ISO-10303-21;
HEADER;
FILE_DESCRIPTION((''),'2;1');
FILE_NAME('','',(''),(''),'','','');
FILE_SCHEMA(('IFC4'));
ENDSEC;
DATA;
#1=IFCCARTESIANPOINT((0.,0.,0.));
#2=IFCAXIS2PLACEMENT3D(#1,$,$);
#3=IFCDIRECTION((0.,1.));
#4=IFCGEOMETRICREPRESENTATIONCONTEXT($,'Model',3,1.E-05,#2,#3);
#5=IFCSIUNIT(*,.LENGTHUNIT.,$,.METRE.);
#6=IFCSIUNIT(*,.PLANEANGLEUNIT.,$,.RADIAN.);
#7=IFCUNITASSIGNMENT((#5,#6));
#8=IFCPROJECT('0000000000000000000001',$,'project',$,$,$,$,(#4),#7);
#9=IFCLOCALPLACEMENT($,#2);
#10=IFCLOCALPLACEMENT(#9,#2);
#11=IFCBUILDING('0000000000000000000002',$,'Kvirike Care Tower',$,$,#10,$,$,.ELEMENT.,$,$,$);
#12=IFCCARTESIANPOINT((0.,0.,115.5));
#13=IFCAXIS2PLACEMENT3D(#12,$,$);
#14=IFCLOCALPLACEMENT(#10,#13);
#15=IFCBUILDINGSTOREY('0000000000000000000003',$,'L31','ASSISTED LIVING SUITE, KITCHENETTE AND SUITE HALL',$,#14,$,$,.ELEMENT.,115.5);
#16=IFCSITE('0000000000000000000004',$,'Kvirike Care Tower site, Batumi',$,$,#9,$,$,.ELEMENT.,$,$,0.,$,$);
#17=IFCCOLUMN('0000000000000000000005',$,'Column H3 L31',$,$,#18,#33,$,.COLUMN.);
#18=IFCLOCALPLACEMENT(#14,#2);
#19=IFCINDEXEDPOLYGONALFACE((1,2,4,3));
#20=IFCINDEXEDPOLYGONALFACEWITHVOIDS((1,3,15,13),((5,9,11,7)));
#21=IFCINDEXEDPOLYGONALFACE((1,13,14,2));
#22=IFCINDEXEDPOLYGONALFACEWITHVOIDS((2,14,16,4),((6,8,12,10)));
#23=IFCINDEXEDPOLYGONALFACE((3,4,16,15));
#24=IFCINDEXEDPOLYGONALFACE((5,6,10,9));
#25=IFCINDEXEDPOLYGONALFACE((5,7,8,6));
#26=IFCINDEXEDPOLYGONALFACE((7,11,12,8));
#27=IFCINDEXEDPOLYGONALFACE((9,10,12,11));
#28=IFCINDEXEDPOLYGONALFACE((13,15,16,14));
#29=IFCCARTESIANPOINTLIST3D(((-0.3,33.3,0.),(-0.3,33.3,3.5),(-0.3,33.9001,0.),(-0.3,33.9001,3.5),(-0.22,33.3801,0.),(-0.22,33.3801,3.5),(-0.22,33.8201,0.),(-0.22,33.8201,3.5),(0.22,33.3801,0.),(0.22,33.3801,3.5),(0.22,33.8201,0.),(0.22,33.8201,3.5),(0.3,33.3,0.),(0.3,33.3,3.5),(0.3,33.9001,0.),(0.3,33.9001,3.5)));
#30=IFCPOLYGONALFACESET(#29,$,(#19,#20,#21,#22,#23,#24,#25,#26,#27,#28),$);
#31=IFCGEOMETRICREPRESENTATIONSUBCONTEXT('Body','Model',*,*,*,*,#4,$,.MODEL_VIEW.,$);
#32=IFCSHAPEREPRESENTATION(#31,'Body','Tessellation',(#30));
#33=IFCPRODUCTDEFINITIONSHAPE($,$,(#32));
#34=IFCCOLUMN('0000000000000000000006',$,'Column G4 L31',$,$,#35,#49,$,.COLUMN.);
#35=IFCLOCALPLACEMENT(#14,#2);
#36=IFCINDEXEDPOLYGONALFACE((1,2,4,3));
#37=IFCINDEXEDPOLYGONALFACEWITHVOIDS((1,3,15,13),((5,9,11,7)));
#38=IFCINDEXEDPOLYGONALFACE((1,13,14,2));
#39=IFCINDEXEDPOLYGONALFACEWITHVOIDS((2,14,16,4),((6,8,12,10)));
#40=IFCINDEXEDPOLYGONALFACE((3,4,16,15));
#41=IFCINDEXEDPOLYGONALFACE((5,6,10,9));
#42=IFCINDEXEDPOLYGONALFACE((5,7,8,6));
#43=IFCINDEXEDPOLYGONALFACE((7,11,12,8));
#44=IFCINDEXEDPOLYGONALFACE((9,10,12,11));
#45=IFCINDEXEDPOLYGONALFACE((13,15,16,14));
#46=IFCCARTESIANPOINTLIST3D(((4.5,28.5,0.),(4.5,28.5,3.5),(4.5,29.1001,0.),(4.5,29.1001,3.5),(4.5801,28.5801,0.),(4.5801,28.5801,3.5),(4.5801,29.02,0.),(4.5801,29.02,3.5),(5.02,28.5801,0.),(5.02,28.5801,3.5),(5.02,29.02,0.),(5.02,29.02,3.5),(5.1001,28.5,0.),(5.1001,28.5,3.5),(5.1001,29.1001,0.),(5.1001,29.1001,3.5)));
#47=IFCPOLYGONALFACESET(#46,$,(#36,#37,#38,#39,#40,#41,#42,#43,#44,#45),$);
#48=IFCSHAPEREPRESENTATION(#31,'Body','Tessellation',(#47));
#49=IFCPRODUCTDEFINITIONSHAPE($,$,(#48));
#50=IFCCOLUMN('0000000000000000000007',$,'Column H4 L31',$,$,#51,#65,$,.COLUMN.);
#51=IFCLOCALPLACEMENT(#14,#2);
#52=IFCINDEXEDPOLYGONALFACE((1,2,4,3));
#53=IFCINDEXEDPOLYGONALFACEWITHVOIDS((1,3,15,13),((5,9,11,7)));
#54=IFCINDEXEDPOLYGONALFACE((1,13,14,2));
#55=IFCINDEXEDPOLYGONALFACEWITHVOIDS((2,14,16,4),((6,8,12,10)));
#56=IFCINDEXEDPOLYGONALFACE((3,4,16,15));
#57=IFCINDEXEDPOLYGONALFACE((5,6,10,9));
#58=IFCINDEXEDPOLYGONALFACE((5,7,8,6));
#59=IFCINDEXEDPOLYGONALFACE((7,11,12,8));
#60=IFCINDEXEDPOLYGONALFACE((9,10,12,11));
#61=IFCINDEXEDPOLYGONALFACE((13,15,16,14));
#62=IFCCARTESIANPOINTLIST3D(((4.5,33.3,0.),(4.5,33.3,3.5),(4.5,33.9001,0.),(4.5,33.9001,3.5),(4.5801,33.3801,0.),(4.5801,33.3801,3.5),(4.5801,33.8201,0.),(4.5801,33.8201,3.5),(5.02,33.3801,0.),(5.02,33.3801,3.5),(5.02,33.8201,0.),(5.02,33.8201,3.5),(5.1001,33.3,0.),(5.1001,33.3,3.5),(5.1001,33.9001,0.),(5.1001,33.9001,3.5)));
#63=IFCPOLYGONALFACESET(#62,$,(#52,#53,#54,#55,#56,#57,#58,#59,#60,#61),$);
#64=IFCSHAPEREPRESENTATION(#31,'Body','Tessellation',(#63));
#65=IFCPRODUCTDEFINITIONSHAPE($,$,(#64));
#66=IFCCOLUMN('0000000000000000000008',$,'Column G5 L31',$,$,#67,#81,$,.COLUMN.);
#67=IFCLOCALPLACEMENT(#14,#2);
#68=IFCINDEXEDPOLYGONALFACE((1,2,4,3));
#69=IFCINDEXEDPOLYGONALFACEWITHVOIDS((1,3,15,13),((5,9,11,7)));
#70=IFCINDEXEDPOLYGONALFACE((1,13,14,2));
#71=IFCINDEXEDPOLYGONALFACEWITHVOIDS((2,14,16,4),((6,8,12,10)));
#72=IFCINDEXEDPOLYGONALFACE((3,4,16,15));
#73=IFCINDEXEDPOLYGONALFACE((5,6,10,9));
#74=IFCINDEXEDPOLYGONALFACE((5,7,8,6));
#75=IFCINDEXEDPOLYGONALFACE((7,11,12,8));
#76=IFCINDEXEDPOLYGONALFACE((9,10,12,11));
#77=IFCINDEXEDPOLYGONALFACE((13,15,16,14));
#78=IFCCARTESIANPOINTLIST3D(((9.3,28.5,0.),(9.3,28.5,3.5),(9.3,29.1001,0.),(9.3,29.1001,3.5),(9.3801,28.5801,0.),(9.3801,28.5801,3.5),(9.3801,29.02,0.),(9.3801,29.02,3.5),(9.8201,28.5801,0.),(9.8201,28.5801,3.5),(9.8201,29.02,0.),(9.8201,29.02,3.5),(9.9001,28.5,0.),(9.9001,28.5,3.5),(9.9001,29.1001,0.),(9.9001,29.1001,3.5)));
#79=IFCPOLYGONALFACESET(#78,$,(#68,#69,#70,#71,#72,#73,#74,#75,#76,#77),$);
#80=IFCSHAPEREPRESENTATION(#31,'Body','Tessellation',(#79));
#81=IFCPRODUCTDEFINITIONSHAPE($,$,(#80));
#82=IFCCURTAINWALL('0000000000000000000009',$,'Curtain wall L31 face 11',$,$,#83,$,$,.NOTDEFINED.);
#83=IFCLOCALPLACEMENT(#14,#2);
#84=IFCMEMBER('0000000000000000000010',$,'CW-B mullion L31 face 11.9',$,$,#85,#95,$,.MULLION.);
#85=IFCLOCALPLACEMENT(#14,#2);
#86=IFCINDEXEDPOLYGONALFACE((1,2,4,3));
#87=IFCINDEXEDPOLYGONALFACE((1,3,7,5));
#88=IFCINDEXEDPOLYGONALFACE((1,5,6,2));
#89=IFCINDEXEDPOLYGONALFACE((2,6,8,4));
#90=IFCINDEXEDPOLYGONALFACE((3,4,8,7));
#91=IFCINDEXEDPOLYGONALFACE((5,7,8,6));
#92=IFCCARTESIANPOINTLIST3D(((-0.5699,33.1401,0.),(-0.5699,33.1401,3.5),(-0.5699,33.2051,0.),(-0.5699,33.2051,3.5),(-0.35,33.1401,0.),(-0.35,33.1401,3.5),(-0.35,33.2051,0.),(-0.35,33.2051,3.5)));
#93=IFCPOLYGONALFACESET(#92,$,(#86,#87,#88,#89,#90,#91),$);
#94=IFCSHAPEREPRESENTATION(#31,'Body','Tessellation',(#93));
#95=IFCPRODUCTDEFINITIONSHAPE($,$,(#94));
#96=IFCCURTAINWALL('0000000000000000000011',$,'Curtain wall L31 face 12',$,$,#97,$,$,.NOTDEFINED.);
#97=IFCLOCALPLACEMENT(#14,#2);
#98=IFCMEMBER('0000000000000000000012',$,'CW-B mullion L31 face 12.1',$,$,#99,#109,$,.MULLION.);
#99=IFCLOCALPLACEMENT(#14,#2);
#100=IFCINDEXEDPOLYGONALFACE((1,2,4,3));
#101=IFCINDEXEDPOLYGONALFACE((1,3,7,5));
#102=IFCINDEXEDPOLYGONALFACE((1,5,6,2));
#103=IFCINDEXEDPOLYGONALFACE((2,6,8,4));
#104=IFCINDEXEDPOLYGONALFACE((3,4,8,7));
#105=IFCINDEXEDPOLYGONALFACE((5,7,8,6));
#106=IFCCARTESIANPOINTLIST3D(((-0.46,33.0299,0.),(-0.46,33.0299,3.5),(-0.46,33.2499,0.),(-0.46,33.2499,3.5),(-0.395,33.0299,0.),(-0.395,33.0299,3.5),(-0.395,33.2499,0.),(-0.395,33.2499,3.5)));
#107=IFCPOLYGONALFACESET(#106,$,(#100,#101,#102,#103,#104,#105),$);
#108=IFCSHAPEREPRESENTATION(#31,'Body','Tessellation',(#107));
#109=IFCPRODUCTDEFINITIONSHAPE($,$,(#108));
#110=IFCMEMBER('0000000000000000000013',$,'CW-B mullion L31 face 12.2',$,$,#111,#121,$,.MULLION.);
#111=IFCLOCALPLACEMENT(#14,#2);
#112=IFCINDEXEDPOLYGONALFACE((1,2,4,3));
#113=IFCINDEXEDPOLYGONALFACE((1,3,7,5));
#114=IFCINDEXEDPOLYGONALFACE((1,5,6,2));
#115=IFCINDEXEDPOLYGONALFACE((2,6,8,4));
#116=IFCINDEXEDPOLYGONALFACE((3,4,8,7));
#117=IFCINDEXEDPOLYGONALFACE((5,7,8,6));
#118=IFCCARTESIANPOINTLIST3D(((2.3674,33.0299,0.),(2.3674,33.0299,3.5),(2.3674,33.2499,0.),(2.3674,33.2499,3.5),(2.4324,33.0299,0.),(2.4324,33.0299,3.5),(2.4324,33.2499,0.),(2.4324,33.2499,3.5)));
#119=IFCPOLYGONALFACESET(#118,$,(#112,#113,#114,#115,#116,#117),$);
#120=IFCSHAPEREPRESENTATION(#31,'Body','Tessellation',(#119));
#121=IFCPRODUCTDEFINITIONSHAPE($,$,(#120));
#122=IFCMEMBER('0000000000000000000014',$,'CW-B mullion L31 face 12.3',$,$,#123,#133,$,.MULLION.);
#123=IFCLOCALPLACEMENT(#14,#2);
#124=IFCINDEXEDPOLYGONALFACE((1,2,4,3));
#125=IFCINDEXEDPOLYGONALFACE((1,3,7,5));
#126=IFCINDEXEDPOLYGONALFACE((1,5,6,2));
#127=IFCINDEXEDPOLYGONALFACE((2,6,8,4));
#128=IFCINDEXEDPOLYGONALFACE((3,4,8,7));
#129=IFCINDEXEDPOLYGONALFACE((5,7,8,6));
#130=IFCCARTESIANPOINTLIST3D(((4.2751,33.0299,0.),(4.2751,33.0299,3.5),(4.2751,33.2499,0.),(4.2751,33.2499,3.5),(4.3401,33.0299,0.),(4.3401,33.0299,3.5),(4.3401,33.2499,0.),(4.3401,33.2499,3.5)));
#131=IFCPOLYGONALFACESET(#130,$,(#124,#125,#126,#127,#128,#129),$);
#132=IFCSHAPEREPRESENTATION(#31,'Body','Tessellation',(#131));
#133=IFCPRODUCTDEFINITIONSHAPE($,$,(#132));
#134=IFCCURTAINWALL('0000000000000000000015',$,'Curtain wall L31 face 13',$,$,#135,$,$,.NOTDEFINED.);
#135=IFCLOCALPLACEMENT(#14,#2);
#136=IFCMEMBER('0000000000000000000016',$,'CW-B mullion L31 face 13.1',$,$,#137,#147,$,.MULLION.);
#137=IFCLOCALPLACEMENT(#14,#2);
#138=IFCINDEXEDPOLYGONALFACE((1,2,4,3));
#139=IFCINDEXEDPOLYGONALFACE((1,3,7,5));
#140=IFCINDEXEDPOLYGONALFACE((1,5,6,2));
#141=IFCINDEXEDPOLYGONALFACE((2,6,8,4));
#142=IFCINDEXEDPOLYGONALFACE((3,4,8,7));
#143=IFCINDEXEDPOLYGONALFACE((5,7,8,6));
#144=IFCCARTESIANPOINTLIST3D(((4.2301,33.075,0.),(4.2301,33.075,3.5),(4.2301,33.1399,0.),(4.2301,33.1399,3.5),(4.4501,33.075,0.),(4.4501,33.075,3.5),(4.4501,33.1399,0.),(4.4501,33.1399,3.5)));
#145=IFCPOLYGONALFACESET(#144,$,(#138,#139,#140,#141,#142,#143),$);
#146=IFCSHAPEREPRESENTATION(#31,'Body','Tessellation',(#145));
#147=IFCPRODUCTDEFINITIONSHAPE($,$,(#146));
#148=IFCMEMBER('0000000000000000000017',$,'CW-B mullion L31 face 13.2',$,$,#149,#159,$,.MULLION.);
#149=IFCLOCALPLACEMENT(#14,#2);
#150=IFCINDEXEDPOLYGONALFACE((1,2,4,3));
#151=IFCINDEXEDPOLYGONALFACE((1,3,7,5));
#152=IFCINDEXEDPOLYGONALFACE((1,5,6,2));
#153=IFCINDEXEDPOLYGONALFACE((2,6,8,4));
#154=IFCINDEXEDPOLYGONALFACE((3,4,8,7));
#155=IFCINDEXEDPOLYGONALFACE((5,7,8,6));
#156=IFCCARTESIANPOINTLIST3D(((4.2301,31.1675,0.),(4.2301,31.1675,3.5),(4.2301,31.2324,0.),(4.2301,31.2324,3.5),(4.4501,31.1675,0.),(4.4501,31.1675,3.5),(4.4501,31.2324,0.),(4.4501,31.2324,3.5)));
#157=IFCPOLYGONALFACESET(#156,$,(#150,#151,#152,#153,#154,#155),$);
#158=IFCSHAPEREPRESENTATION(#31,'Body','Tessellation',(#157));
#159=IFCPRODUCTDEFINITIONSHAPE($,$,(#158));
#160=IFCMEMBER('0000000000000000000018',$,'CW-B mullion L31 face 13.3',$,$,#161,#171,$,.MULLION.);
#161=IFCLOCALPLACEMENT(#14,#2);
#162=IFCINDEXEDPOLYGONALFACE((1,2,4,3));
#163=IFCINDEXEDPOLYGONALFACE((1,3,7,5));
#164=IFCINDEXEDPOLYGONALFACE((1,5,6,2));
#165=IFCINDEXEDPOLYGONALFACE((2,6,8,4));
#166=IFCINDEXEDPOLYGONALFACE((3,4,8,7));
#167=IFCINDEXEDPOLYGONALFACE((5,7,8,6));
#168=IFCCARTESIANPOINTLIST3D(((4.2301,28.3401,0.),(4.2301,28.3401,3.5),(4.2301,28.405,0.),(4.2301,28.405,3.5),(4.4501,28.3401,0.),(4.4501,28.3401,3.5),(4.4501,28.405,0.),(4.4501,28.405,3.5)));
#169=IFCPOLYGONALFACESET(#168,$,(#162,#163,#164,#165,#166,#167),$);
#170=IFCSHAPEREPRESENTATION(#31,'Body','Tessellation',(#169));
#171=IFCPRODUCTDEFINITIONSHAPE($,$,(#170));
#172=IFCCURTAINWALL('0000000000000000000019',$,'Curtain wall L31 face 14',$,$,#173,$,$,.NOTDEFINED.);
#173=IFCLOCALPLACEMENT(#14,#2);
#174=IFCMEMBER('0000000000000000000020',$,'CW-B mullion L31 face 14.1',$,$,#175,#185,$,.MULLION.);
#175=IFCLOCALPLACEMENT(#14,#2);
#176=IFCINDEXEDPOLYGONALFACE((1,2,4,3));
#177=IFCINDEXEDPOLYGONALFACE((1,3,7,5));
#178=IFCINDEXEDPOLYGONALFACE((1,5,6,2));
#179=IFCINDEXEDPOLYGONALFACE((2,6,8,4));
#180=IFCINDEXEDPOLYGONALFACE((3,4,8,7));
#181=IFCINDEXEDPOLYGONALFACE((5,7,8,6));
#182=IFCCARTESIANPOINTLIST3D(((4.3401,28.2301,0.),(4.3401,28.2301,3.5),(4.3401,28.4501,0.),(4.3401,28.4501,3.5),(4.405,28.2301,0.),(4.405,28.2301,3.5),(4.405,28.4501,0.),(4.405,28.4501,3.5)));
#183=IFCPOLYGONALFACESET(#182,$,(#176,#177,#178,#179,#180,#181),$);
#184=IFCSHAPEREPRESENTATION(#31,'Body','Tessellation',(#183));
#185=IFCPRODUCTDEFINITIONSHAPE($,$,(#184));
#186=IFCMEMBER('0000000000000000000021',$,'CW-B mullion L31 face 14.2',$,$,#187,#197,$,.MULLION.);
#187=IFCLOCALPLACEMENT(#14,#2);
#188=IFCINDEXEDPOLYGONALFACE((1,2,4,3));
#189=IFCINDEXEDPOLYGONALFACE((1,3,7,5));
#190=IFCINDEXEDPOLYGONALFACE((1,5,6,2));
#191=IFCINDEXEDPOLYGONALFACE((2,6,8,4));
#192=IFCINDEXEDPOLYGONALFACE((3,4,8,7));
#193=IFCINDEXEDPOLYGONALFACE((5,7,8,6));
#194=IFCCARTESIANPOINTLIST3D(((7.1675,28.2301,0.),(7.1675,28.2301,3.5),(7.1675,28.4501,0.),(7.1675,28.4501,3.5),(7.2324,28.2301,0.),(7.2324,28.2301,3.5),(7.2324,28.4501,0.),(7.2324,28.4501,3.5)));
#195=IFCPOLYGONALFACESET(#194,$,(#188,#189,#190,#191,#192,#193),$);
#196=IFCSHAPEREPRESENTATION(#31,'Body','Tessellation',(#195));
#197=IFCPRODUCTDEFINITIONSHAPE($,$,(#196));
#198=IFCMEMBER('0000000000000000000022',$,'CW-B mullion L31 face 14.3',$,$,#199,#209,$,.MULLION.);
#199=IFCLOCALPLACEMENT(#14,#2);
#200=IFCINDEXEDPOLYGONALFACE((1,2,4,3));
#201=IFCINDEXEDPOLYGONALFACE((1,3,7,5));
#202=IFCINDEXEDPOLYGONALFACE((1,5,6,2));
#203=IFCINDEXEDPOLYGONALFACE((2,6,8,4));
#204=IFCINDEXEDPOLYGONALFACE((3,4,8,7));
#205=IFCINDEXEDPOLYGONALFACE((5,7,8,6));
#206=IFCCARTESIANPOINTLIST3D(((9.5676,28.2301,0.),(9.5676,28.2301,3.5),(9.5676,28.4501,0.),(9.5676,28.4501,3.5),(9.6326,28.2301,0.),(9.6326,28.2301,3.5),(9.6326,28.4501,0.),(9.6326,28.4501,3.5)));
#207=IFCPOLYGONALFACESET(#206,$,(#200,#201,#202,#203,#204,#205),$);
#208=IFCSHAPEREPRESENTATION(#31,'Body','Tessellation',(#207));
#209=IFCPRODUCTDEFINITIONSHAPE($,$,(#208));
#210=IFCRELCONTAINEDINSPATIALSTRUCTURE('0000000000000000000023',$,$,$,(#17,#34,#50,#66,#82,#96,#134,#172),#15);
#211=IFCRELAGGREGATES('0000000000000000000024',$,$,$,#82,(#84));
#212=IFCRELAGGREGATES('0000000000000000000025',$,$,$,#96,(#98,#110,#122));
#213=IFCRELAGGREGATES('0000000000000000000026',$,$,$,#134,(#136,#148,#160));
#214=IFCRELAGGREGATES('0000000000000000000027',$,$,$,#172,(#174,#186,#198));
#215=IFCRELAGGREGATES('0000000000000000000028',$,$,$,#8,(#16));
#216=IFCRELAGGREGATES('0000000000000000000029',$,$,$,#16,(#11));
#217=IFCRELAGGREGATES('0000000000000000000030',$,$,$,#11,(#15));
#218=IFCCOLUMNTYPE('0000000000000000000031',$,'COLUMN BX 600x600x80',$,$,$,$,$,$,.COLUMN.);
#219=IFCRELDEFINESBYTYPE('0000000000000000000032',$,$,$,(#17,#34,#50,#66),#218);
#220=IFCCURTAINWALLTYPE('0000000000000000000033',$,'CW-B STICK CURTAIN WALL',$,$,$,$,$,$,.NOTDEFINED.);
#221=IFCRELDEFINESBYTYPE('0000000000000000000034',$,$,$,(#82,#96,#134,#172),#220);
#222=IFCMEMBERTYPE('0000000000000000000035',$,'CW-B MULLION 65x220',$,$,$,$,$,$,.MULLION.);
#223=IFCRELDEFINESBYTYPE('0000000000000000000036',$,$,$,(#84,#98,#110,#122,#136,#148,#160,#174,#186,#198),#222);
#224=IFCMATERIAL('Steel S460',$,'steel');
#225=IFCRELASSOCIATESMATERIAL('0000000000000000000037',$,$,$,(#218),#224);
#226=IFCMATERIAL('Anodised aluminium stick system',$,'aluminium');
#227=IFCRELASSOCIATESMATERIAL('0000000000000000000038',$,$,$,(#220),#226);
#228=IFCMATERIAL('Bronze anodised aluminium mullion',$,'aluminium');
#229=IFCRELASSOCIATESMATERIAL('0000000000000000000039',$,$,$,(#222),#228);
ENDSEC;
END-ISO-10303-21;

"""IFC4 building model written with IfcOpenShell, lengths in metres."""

from ifc_helpers import new_model, si_unit, direction, frame, origin, origin_2d, place, context, subcontext, project, spatial, rectangle, hollow_rectangle, extrude, material, material_profile, profile_set, type_object, element, aggregate, save


model = new_model("IFC4")

# Units and contexts
model_context = context("Model", 3, precision=1e-05, world=origin(), true_north=direction((0.0, 1.0)))
body_context = subcontext(model_context, "Body", "Model", "MODEL_VIEW")
ifc_project = project(units=[si_unit("LENGTHUNIT", "METRE"), si_unit("PLANEANGLEUNIT", "RADIAN")], contexts=[model_context])

# Site, building, storey
site_placement = place(None, origin())
site = spatial("IfcSite", under=ifc_project, at=site_placement, Name="Kvirike Care Tower site, Batumi", CompositionType="ELEMENT", RefElevation=0.0)
building_placement = place(site_placement, origin())
building = spatial("IfcBuilding", under=site, at=building_placement, Name="Kvirike Care Tower", CompositionType="ELEMENT")
storey_placement = place(building_placement, frame((0.0, 0.0, 115.5)))
storey = spatial("IfcBuildingStorey", under=building, at=storey_placement, Name="L31", Description="ASSISTED LIVING SUITE, KITCHENETTE AND SUITE HALL", CompositionType="ELEMENT", Elevation=115.5)

# Columns
ifc_material_1 = material(Name="Steel S460", Category="steel")
ifc_material_profile_1 = material_profile(ifc_material_1, hollow_rectangle(XDim=0.6001, YDim=0.6001, WallThickness=0.0801, at=origin_2d()), Name="BX 600x600x80")
ifc_profile_set_1 = profile_set([ifc_material_profile_1], Name="Steel S460")
column_type = type_object("IfcColumnType", Name="COLUMN BX 600x600x80", PredefinedType="COLUMN", material=ifc_profile_set_1)
for number, where, z_axis, x_axis, name in (
    (1, (0.0, 33.6001, 0.0), (0.0, 0.0, 1.0), (0.0, 1.0, 0.0), "Column H3 L31"),
    (2, (4.8, 28.8, 0.0), (0.0, 0.0, 1.0), (0.0, 1.0, 0.0), "Column G4 L31"),
    (3, (4.8, 33.6001, 0.0), (0.0, 0.0, 1.0), (0.0, 1.0, 0.0), "Column H4 L31"),
    (4, (9.6001, 28.8, 0.0), (0.0, 0.0, 1.0), (0.0, 1.0, 0.0), "Column G5 L31"),
):
    element("IfcColumn", number, at=place(storey_placement, frame(where, z_axis=z_axis, x_axis=x_axis)), inside=storey, type_object=column_type, Name=name, PredefinedType="COLUMN", context=body_context, shape_type="SweptSolid", body=[
        extrude(hollow_rectangle(XDim=0.6001, YDim=0.6001, WallThickness=0.0801, at=origin_2d()), origin(), (0.0, 0.0, 1.0), 3.5),
    ])

# Curtain wall, member
ifc_material_2 = material(Name="Anodised aluminium stick system", Category="aluminium")
curtain_wall_type = type_object("IfcCurtainWallType", Name="CW-B STICK CURTAIN WALL", PredefinedType="NOTDEFINED", material=ifc_material_2)
curtain_wall_1_placement = place(storey_placement, origin())
curtain_wall_1 = element("IfcCurtainWall", 5, at=curtain_wall_1_placement, inside=storey, type_object=curtain_wall_type, Name="Curtain wall L31 face 11", PredefinedType="NOTDEFINED")
ifc_material_3 = material(Name="Bronze anodised aluminium mullion", Category="aluminium")
ifc_material_profile_2 = material_profile(ifc_material_3, rectangle(XDim=0.0649, YDim=0.22, at=origin_2d()), Name="CW-B MULLION 65x220")
ifc_profile_set_2 = profile_set([ifc_material_profile_2], Name="Bronze anodised aluminium mullion")
member_type_1 = type_object("IfcMemberType", Name="CW-B MULLION 65x220", PredefinedType="MULLION", material=ifc_profile_set_2)
member_1_placement = place(storey_placement, frame((-0.46, 33.1726, 0.0), z_axis=(0.0, 0.0, 1.0), x_axis=(0.0, -1.0, 0.0)))
member_1 = element("IfcMember", 6, at=member_1_placement, type_object=member_type_1, Name="CW-B mullion L31 face 11.9", PredefinedType="MULLION", context=body_context, shape_type="SweptSolid", body=[
    extrude(rectangle(XDim=0.0649, YDim=0.22, at=origin_2d()), origin(), (0.0, 0.0, 1.0), 3.5),
])
aggregate(curtain_wall_1, [member_1])

# Curtain walls, members
curtain_wall_2_placement = place(storey_placement, origin())
curtain_wall_2 = element("IfcCurtainWall", 7, at=curtain_wall_2_placement, inside=storey, type_object=curtain_wall_type, Name="Curtain wall L31 face 12", PredefinedType="NOTDEFINED")
member_2_placement = place(storey_placement, frame((-0.4275, 33.1399, 0.0), z_axis=(0.0, 0.0, 1.0), x_axis=(1.0, 0.0, 0.0)))
member_2 = element("IfcMember", 8, at=member_2_placement, type_object=member_type_1, Name="CW-B mullion L31 face 12.1", PredefinedType="MULLION", context=body_context, shape_type="SweptSolid", body=[
    extrude(rectangle(XDim=0.0649, YDim=0.22, at=origin_2d()), origin(), (0.0, 0.0, 1.0), 3.5),
])
member_3_placement = place(storey_placement, frame((2.3999, 33.1399, 0.0), z_axis=(0.0, 0.0, 1.0), x_axis=(1.0, 0.0, 0.0)))
member_3 = element("IfcMember", 9, at=member_3_placement, type_object=member_type_1, Name="CW-B mullion L31 face 12.2", PredefinedType="MULLION", context=body_context, shape_type="SweptSolid", body=[
    extrude(rectangle(XDim=0.0649, YDim=0.22, at=origin_2d()), origin(), (0.0, 0.0, 1.0), 3.5),
])
member_4_placement = place(storey_placement, frame((4.3076, 33.1399, 0.0), z_axis=(0.0, 0.0, 1.0), x_axis=(1.0, 0.0, 0.0)))
member_4 = element("IfcMember", 10, at=member_4_placement, type_object=member_type_1, Name="CW-B mullion L31 face 12.3", PredefinedType="MULLION", context=body_context, shape_type="SweptSolid", body=[
    extrude(rectangle(XDim=0.0649, YDim=0.22, at=origin_2d()), origin(), (0.0, 0.0, 1.0), 3.5),
])
curtain_wall_3_placement = place(storey_placement, origin())
curtain_wall_3 = element("IfcCurtainWall", 11, at=curtain_wall_3_placement, inside=storey, type_object=curtain_wall_type, Name="Curtain wall L31 face 13", PredefinedType="NOTDEFINED")
member_5_placement = place(storey_placement, frame((4.3401, 33.1074, 0.0), z_axis=(0.0, 0.0, 1.0), x_axis=(0.0, -1.0, 0.0)))
member_5 = element("IfcMember", 12, at=member_5_placement, type_object=member_type_1, Name="CW-B mullion L31 face 13.1", PredefinedType="MULLION", context=body_context, shape_type="SweptSolid", body=[
    extrude(rectangle(XDim=0.0649, YDim=0.22, at=origin_2d()), origin(), (0.0, 0.0, 1.0), 3.5),
])
member_6_placement = place(storey_placement, frame((4.3401, 31.2, 0.0), z_axis=(0.0, 0.0, 1.0), x_axis=(0.0, -1.0, 0.0)))
member_6 = element("IfcMember", 13, at=member_6_placement, type_object=member_type_1, Name="CW-B mullion L31 face 13.2", PredefinedType="MULLION", context=body_context, shape_type="SweptSolid", body=[
    extrude(rectangle(XDim=0.0649, YDim=0.22, at=origin_2d()), origin(), (0.0, 0.0, 1.0), 3.5),
])
member_7_placement = place(storey_placement, frame((4.3401, 28.3726, 0.0), z_axis=(0.0, 0.0, 1.0), x_axis=(0.0, -1.0, 0.0)))
member_7 = element("IfcMember", 14, at=member_7_placement, type_object=member_type_1, Name="CW-B mullion L31 face 13.3", PredefinedType="MULLION", context=body_context, shape_type="SweptSolid", body=[
    extrude(rectangle(XDim=0.0649, YDim=0.22, at=origin_2d()), origin(), (0.0, 0.0, 1.0), 3.5),
])
curtain_wall_4_placement = place(storey_placement, origin())
curtain_wall_4 = element("IfcCurtainWall", 15, at=curtain_wall_4_placement, inside=storey, type_object=curtain_wall_type, Name="Curtain wall L31 face 14", PredefinedType="NOTDEFINED")
member_8_placement = place(storey_placement, frame((4.3726, 28.3401, 0.0), z_axis=(0.0, 0.0, 1.0), x_axis=(1.0, 0.0, 0.0)))
member_8 = element("IfcMember", 16, at=member_8_placement, type_object=member_type_1, Name="CW-B mullion L31 face 14.1", PredefinedType="MULLION", context=body_context, shape_type="SweptSolid", body=[
    extrude(rectangle(XDim=0.0649, YDim=0.22, at=origin_2d()), origin(), (0.0, 0.0, 1.0), 3.5),
])
member_9_placement = place(storey_placement, frame((7.2, 28.3401, 0.0), z_axis=(0.0, 0.0, 1.0), x_axis=(1.0, 0.0, 0.0)))
member_9 = element("IfcMember", 17, at=member_9_placement, type_object=member_type_1, Name="CW-B mullion L31 face 14.2", PredefinedType="MULLION", context=body_context, shape_type="SweptSolid", body=[
    extrude(rectangle(XDim=0.0649, YDim=0.22, at=origin_2d()), origin(), (0.0, 0.0, 1.0), 3.5),
])
member_10_placement = place(storey_placement, frame((9.6001, 28.3401, 0.0), z_axis=(0.0, 0.0, 1.0), x_axis=(1.0, 0.0, 0.0)))
member_10 = element("IfcMember", 18, at=member_10_placement, type_object=member_type_1, Name="CW-B mullion L31 face 14.3", PredefinedType="MULLION", context=body_context, shape_type="SweptSolid", body=[
    extrude(rectangle(XDim=0.0649, YDim=0.22, at=origin_2d()), origin(), (0.0, 0.0, 1.0), 3.5),
])

aggregate(curtain_wall_2, [member_2, member_3, member_4])
aggregate(curtain_wall_3, [member_5, member_6, member_7])
aggregate(curtain_wall_4, [member_8, member_9, member_10])

save(model, "model.ifc")
